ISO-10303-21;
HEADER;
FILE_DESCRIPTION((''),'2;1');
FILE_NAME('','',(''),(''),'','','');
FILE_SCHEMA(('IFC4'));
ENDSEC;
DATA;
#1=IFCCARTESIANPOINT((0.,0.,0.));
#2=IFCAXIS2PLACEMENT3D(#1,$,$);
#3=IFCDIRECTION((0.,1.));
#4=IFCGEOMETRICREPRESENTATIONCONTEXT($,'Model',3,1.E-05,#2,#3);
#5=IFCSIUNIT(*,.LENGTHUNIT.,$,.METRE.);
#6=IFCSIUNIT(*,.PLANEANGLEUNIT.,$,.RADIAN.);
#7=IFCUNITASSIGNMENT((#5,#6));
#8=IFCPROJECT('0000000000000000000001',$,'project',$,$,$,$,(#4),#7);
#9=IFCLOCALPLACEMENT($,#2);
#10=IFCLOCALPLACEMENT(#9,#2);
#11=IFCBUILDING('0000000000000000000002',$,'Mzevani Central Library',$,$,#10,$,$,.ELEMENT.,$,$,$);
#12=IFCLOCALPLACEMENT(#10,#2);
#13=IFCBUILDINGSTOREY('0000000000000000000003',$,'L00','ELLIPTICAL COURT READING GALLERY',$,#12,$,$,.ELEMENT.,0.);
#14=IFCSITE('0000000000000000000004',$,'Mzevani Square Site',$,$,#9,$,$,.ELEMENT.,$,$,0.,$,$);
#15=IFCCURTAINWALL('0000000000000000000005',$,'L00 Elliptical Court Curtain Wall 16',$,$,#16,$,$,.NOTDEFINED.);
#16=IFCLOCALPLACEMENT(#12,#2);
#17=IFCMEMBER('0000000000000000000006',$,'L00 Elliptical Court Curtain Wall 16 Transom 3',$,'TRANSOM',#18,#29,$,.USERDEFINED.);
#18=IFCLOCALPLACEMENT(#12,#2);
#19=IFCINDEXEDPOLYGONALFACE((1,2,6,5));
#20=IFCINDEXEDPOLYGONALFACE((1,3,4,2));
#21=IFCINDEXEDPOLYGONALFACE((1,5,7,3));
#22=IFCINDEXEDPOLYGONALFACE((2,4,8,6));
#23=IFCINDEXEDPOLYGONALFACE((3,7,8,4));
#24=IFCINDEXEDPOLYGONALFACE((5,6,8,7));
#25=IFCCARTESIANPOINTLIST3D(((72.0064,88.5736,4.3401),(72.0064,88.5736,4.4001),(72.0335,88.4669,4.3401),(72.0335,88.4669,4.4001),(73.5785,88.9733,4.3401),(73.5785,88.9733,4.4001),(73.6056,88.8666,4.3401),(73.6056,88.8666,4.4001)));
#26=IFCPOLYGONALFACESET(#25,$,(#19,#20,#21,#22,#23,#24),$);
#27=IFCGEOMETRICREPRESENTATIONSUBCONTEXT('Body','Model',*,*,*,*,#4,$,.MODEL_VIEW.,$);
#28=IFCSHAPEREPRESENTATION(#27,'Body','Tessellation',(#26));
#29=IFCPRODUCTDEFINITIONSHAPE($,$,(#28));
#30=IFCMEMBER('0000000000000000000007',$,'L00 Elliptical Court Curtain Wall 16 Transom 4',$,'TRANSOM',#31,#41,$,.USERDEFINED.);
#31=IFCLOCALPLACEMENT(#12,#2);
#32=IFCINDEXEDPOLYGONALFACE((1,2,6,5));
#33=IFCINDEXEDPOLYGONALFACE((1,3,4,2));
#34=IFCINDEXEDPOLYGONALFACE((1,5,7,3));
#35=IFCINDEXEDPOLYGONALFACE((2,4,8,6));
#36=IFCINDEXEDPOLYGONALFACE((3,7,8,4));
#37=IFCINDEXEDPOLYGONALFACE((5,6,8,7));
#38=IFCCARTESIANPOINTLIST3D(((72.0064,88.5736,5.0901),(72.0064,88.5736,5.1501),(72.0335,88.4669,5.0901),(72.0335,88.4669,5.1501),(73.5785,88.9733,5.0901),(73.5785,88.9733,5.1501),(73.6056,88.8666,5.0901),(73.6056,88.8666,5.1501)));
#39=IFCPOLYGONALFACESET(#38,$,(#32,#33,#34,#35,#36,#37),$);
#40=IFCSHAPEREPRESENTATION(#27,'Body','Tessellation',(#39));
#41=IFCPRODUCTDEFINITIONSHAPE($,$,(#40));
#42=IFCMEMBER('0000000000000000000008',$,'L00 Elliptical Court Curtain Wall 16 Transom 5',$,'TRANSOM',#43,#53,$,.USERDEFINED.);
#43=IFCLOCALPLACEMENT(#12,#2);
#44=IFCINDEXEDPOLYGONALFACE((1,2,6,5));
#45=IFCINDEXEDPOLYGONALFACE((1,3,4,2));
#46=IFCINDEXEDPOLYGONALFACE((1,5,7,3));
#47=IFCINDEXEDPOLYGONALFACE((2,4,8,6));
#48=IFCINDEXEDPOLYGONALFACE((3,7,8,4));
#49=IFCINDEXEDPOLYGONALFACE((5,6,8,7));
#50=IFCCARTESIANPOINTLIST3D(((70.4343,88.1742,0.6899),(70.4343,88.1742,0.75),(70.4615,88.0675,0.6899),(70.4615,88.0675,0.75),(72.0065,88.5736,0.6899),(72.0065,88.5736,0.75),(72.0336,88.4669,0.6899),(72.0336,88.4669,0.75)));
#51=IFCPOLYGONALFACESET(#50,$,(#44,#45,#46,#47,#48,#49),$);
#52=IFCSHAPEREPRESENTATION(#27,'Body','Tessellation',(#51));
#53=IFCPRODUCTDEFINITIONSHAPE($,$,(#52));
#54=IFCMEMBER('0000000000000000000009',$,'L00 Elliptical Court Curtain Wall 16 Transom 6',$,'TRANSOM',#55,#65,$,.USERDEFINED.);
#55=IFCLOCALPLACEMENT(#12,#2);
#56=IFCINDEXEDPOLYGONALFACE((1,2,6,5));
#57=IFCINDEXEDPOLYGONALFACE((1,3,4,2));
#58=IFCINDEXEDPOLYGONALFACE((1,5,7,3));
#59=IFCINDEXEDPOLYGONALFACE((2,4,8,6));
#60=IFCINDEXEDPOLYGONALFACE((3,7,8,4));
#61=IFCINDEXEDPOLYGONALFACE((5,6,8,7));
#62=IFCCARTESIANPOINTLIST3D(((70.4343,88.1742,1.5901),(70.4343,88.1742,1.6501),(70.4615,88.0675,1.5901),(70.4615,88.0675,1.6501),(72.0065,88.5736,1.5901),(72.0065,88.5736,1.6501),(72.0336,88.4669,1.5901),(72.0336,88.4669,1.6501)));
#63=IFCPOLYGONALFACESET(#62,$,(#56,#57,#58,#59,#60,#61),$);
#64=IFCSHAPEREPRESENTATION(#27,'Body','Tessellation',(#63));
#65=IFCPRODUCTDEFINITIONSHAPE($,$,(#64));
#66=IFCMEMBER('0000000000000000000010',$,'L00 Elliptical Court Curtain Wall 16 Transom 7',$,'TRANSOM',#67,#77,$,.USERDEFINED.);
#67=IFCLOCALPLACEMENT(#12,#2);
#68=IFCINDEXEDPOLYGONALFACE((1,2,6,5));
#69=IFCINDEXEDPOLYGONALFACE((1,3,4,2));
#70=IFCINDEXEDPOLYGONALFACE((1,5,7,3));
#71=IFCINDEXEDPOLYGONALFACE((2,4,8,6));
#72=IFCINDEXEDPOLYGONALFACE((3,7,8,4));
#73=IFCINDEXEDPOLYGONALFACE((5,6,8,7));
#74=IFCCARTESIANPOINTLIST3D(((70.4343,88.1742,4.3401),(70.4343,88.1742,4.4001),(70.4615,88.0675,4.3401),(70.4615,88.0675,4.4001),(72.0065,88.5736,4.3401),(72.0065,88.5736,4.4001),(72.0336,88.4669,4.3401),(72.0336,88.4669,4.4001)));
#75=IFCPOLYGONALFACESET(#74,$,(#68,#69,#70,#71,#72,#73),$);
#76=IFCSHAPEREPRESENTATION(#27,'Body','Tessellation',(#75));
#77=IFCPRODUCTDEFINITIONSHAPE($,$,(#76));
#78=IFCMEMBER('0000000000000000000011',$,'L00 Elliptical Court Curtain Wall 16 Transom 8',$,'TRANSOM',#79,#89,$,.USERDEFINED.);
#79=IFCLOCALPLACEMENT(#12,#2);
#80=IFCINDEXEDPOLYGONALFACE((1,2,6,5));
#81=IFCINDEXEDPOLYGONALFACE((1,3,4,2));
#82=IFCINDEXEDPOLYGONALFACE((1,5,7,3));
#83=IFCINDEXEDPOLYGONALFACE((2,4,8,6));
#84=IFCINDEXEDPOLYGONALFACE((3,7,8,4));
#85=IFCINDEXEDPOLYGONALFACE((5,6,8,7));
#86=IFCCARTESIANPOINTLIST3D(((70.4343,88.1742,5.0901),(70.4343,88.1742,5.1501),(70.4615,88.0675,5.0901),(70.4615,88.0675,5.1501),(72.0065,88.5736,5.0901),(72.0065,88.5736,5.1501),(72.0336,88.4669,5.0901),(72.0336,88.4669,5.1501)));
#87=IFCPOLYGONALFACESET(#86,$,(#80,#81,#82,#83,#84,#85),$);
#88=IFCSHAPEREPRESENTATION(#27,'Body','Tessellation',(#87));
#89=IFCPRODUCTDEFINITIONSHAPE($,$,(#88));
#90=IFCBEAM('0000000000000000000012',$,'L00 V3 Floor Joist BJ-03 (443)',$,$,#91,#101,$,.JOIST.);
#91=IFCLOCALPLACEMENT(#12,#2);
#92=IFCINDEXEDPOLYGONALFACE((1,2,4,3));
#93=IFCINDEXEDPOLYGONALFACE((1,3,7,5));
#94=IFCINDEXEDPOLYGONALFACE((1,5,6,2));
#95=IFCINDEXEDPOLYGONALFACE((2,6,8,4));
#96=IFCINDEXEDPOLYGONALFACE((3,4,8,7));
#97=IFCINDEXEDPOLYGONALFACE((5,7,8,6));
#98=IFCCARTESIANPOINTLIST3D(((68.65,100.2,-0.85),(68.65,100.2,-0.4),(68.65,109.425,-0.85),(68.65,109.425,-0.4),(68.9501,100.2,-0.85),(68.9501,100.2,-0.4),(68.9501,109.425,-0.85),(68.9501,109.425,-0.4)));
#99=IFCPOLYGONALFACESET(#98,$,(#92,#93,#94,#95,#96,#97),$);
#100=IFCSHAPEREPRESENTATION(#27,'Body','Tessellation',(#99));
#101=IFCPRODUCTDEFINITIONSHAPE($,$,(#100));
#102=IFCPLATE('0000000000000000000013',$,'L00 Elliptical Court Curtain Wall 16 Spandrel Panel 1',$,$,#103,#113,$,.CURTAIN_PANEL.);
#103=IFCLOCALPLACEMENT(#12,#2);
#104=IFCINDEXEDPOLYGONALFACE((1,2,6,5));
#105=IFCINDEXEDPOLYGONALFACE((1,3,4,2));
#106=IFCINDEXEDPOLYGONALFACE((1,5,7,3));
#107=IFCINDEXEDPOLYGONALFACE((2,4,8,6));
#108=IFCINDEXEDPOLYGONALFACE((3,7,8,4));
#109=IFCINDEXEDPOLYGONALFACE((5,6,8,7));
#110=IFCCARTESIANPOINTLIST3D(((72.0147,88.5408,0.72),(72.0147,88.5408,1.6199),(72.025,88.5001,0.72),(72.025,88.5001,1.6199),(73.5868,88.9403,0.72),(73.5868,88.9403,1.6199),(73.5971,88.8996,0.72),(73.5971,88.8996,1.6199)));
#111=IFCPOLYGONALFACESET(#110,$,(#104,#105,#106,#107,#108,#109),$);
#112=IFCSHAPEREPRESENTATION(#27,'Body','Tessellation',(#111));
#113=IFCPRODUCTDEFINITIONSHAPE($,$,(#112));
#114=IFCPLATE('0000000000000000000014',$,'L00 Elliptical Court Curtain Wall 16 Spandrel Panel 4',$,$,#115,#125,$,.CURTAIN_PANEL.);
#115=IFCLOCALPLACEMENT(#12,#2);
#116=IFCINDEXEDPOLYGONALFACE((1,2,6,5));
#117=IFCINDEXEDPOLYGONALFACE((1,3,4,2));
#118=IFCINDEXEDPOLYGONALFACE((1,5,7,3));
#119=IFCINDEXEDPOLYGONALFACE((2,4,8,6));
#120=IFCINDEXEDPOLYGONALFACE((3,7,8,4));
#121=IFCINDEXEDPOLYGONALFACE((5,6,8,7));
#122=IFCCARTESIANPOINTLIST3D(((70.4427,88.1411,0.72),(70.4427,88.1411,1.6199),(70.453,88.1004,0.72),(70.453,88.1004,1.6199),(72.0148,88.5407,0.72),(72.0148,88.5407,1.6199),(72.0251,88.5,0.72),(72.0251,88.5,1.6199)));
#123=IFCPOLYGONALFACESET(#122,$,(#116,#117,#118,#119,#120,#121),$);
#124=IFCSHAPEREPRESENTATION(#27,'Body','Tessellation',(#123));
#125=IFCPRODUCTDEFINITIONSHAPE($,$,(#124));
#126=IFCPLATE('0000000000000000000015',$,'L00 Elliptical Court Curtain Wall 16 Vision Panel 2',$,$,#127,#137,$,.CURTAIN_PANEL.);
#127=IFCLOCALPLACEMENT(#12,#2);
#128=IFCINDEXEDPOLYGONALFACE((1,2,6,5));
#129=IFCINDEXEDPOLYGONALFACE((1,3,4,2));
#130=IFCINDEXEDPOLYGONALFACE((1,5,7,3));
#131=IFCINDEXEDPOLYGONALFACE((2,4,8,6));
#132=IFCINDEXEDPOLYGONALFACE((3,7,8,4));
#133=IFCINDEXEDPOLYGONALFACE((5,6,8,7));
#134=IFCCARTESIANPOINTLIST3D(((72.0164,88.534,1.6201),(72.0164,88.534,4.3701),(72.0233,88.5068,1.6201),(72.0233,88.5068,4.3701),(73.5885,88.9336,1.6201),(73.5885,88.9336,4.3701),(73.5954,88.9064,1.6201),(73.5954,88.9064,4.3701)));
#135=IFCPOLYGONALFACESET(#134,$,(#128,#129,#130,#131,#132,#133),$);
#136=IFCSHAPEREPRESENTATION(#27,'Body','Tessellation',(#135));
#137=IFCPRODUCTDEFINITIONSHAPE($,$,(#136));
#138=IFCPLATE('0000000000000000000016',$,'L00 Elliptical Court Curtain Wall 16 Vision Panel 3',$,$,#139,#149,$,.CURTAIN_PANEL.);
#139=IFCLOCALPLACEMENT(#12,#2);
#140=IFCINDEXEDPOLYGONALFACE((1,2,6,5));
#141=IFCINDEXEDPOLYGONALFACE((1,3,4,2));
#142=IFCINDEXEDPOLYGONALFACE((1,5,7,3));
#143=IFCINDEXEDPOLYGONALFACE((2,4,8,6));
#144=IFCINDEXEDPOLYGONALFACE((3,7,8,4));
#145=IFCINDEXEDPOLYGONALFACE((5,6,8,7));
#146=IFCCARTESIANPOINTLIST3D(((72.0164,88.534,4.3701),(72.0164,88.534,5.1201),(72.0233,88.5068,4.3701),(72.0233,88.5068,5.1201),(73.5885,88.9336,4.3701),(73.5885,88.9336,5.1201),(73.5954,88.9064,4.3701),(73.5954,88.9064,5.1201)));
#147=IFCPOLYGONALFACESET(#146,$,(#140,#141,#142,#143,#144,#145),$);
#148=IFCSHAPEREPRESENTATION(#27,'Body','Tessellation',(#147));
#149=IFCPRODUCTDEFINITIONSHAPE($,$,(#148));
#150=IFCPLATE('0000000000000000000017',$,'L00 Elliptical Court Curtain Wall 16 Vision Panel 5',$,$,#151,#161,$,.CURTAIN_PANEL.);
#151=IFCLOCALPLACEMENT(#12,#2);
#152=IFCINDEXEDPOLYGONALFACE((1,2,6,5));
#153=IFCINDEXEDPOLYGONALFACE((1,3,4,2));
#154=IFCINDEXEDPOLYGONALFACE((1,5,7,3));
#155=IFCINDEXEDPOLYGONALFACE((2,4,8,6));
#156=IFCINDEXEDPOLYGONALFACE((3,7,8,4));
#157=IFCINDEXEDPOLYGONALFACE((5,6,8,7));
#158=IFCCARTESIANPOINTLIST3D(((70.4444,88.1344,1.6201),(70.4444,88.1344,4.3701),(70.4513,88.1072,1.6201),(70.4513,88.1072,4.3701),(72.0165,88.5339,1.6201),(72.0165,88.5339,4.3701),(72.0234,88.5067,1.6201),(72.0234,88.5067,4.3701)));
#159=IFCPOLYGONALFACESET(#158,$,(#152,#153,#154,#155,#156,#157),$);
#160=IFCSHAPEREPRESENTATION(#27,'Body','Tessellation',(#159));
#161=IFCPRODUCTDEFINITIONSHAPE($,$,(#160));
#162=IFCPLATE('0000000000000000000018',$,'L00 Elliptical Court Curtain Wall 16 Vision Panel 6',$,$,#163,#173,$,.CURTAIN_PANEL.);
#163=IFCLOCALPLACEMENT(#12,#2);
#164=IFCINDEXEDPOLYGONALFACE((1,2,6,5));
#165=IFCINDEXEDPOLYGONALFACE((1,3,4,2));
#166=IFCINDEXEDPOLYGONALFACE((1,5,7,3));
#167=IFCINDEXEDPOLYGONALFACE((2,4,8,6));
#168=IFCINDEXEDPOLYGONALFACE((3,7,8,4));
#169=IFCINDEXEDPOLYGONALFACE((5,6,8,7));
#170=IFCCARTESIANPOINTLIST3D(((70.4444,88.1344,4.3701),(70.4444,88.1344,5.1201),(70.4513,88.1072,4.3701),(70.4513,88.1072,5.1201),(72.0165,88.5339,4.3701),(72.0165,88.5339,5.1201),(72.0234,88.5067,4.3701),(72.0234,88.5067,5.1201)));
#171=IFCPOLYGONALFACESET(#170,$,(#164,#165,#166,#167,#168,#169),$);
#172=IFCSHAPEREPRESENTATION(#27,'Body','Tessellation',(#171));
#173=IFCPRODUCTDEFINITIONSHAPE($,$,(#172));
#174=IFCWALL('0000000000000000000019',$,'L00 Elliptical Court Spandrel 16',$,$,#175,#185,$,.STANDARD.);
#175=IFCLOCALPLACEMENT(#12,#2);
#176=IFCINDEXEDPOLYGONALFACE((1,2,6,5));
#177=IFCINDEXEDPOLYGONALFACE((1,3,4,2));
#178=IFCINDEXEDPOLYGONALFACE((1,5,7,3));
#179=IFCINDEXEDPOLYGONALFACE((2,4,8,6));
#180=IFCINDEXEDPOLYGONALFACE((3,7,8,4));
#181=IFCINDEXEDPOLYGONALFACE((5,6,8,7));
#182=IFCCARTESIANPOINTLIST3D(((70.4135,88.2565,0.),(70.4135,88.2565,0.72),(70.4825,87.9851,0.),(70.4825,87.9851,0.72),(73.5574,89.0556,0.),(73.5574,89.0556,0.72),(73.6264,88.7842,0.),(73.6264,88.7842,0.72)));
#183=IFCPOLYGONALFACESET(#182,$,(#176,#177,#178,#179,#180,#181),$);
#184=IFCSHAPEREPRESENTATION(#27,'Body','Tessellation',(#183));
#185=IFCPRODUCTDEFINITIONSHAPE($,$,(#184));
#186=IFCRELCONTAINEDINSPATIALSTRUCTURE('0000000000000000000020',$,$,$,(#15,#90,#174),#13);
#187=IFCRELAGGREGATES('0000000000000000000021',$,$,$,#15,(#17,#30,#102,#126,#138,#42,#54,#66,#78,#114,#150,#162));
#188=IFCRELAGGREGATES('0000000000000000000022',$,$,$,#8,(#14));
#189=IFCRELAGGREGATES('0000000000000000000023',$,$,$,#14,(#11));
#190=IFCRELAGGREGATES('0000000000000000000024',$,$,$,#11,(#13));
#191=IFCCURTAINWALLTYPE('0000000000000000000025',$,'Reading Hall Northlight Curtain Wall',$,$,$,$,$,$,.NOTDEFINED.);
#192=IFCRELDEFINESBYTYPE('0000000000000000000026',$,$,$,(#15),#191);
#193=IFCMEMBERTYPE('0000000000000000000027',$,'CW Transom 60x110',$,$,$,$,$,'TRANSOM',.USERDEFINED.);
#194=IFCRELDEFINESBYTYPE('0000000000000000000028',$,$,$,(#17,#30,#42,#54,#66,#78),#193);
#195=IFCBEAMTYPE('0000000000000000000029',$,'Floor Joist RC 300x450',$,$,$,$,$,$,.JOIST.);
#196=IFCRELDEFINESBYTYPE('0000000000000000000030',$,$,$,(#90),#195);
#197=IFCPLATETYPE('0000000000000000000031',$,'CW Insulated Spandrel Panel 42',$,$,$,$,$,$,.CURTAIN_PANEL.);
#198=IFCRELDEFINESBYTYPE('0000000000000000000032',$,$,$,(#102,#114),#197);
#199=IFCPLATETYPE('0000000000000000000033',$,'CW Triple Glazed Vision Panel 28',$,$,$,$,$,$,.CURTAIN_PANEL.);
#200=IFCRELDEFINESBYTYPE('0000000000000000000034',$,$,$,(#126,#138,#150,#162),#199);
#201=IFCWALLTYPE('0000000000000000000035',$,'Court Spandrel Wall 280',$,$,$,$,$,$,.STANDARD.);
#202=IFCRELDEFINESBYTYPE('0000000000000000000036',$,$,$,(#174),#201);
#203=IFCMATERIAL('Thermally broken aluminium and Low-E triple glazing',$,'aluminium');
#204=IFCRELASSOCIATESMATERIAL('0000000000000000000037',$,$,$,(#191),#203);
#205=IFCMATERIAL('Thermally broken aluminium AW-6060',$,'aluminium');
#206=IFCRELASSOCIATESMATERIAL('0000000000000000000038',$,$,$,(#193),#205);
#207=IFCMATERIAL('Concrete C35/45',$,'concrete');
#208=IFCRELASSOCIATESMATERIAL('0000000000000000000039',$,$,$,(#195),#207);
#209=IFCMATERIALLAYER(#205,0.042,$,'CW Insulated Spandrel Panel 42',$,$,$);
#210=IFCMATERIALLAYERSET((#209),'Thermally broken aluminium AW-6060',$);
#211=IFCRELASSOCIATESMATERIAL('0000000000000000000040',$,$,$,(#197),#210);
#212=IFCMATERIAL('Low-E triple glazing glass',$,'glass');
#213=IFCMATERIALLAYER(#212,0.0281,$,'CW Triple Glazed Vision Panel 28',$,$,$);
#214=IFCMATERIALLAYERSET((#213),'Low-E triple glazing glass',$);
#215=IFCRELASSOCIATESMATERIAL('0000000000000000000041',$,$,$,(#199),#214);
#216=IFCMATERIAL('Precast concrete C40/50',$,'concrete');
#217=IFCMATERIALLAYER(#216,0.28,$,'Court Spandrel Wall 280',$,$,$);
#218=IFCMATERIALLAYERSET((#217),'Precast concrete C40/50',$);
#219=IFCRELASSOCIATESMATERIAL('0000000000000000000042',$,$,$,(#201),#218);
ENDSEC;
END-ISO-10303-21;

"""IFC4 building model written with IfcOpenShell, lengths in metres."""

from ifc_helpers import new_model, si_unit, direction, frame, frame_2d, origin, origin_2d, place, context, subcontext, project, spatial, rectangle, extrude, material, layer, layer_set, material_profile, profile_set, type_object, element, aggregate, save


model = new_model("IFC4")

# Units and contexts
model_context = context("Model", 3, precision=1e-05, world=origin(), true_north=direction((0.0, 1.0)))
body_context = subcontext(model_context, "Body", "Model", "MODEL_VIEW")
ifc_project = project(units=[si_unit("LENGTHUNIT", "METRE"), si_unit("PLANEANGLEUNIT", "RADIAN")], contexts=[model_context])

# Site, building, storey
site_placement = place(None, origin())
site = spatial("IfcSite", under=ifc_project, at=site_placement, Name="Mzevani Square Site", CompositionType="ELEMENT", RefElevation=0.0)
building_placement = place(site_placement, origin())
building = spatial("IfcBuilding", under=site, at=building_placement, Name="Mzevani Central Library", CompositionType="ELEMENT")
storey_placement = place(building_placement, origin())
storey = spatial("IfcBuildingStorey", under=building, at=storey_placement, Name="L00", Description="ELLIPTICAL COURT READING GALLERY", CompositionType="ELEMENT", Elevation=0.0)

# Shared definitions
ifc_material_1 = material(Name="Concrete C35/45", Category="concrete")

# Curtain wall, members
ifc_material_2 = material(Name="Thermally broken aluminium and Low-E triple glazing", Category="aluminium")
curtain_wall_type = type_object("IfcCurtainWallType", Name="Reading Hall Northlight Curtain Wall", PredefinedType="NOTDEFINED", material=ifc_material_2)
curtain_wall_placement = place(storey_placement, origin())
curtain_wall = element("IfcCurtainWall", 1, at=curtain_wall_placement, inside=storey, type_object=curtain_wall_type, Name="L00 Elliptical Court Curtain Wall 16", PredefinedType="NOTDEFINED")
ifc_material_3 = material(Name="Thermally broken aluminium AW-6060", Category="aluminium")
ifc_material_profile_1 = material_profile(ifc_material_3, rectangle(XDim=0.1101, YDim=0.0601, at=origin_2d()), Name="ALU T60x110")
ifc_profile_set_1 = profile_set([ifc_material_profile_1], Name="Thermally broken aluminium AW-6060")
member_type_1 = type_object("IfcMemberType", Name="CW Transom 60x110", ElementType="TRANSOM", PredefinedType="USERDEFINED", material=ifc_profile_set_1)
member_1_placement = place(storey_placement, frame((73.592, 88.9199, 4.3701), z_axis=(-0.96917, -0.246394, 0.0), x_axis=(0.246394, -0.96917, 0.0)))
member_1 = element("IfcMember", 2, at=member_1_placement, type_object=member_type_1, Name="L00 Elliptical Court Curtain Wall 16 Transom 3", ObjectType="TRANSOM", PredefinedType="USERDEFINED", context=body_context, shape_type="SweptSolid", body=[
    extrude(rectangle(XDim=0.1101, YDim=0.0601, at=origin_2d()), origin(), (0.0, 0.0, 1.0), 1.6221),
])
member_2_placement = place(storey_placement, frame((73.592, 88.9199, 5.1201), z_axis=(-0.96917, -0.246394, 0.0), x_axis=(0.246394, -0.96917, 0.0)))
member_2 = element("IfcMember", 3, at=member_2_placement, type_object=member_type_1, Name="L00 Elliptical Court Curtain Wall 16 Transom 4", ObjectType="TRANSOM", PredefinedType="USERDEFINED", context=body_context, shape_type="SweptSolid", body=[
    extrude(rectangle(XDim=0.1101, YDim=0.0601, at=origin_2d()), origin(), (0.0, 0.0, 1.0), 1.6221),
])
member_3_placement = place(storey_placement, frame((72.02, 88.5203, 0.72), z_axis=(-0.969206, -0.246253, 0.0), x_axis=(0.246253, -0.969206, 0.0)))
member_3 = element("IfcMember", 4, at=member_3_placement, type_object=member_type_1, Name="L00 Elliptical Court Curtain Wall 16 Transom 5", ObjectType="TRANSOM", PredefinedType="USERDEFINED", context=body_context, shape_type="SweptSolid", body=[
    extrude(rectangle(XDim=0.1101, YDim=0.0601, at=origin_2d()), origin(), (0.0, 0.0, 1.0), 1.6221),
])
member_4_placement = place(storey_placement, frame((72.02, 88.5203, 1.6201), z_axis=(-0.969206, -0.246253, 0.0), x_axis=(0.246253, -0.969206, 0.0)))
member_4 = element("IfcMember", 5, at=member_4_placement, type_object=member_type_1, Name="L00 Elliptical Court Curtain Wall 16 Transom 6", ObjectType="TRANSOM", PredefinedType="USERDEFINED", context=body_context, shape_type="SweptSolid", body=[
    extrude(rectangle(XDim=0.1101, YDim=0.0601, at=origin_2d()), origin(), (0.0, 0.0, 1.0), 1.6221),
])
member_5_placement = place(storey_placement, frame((72.02, 88.5203, 4.3701), z_axis=(-0.969206, -0.246253, 0.0), x_axis=(0.246253, -0.969206, 0.0)))
member_5 = element("IfcMember", 6, at=member_5_placement, type_object=member_type_1, Name="L00 Elliptical Court Curtain Wall 16 Transom 7", ObjectType="TRANSOM", PredefinedType="USERDEFINED", context=body_context, shape_type="SweptSolid", body=[
    extrude(rectangle(XDim=0.1101, YDim=0.0601, at=origin_2d()), origin(), (0.0, 0.0, 1.0), 1.6221),
])
member_6_placement = place(storey_placement, frame((72.02, 88.5203, 5.1201), z_axis=(-0.969206, -0.246253, 0.0), x_axis=(0.246253, -0.969206, 0.0)))
member_6 = element("IfcMember", 7, at=member_6_placement, type_object=member_type_1, Name="L00 Elliptical Court Curtain Wall 16 Transom 8", ObjectType="TRANSOM", PredefinedType="USERDEFINED", context=body_context, shape_type="SweptSolid", body=[
    extrude(rectangle(XDim=0.1101, YDim=0.0601, at=origin_2d()), origin(), (0.0, 0.0, 1.0), 1.6221),
])

# Beam
ifc_material_profile_2 = material_profile(ifc_material_1, rectangle(XDim=0.3, YDim=0.45, at=origin_2d()), Name="RC J300x450")
ifc_profile_set_2 = profile_set([ifc_material_profile_2], Name="Concrete C35/45")
beam_type_1 = type_object("IfcBeamType", Name="Floor Joist RC 300x450", PredefinedType="JOIST", material=ifc_profile_set_2)
beam_1_placement = place(storey_placement, frame((68.8, 100.2, -0.625), z_axis=(0.0, 1.0, 0.0), x_axis=(-1.0, 0.0, 0.0)))
element("IfcBeam", 8, at=beam_1_placement, inside=storey, type_object=beam_type_1, Name="L00 V3 Floor Joist BJ-03 (443)", PredefinedType="JOIST", context=body_context, shape_type="SweptSolid", body=[
    extrude(rectangle(XDim=0.3, YDim=0.45, at=origin_2d()), origin(), (0.0, 0.0, 1.0), 9.2251),
])

# Plates
ifc_layer_1 = layer(ifc_material_3, 0.042, Name="CW Insulated Spandrel Panel 42")
ifc_layer_set_1 = layer_set([ifc_layer_1], Name="Thermally broken aluminium AW-6060")
plate_type_1 = type_object("IfcPlateType", Name="CW Insulated Spandrel Panel 42", PredefinedType="CURTAIN_PANEL", material=ifc_layer_set_1)
plate_1_placement = place(storey_placement, frame((72.8059, 88.7202, 0.72), z_axis=(0.0, 0.0, 1.0), x_axis=(-0.969187, -0.246328, 0.0)))
plate_1 = element("IfcPlate", 9, at=plate_1_placement, type_object=plate_type_1, Name="L00 Elliptical Court Curtain Wall 16 Spandrel Panel 1", PredefinedType="CURTAIN_PANEL", context=body_context, shape_type="SweptSolid", body=[
    extrude(rectangle(XDim=1.6221, YDim=0.042, at=origin_2d()), origin(), (0.0, 0.0, 1.0), 0.8999),
])
plate_2_placement = place(storey_placement, frame((71.2339, 88.3206, 0.72), z_axis=(0.0, 0.0, 1.0), x_axis=(-0.969187, -0.246328, 0.0)))
plate_2 = element("IfcPlate", 10, at=plate_2_placement, type_object=plate_type_1, Name="L00 Elliptical Court Curtain Wall 16 Spandrel Panel 4", PredefinedType="CURTAIN_PANEL", context=body_context, shape_type="SweptSolid", body=[
    extrude(rectangle(XDim=1.6221, YDim=0.042, at=origin_2d()), origin(), (0.0, 0.0, 1.0), 0.8999),
])
ifc_material_4 = material(Name="Low-E triple glazing glass", Category="glass")
ifc_layer_2 = layer(ifc_material_4, 0.0281, Name="CW Triple Glazed Vision Panel 28")
ifc_layer_set_2 = layer_set([ifc_layer_2], Name="Low-E triple glazing glass")
plate_type_2 = type_object("IfcPlateType", Name="CW Triple Glazed Vision Panel 28", PredefinedType="CURTAIN_PANEL", material=ifc_layer_set_2)
plate_3_placement = place(storey_placement, frame((72.8059, 88.7202, 1.6201), z_axis=(0.0, 0.0, 1.0), x_axis=(-0.969187, -0.246328, 0.0)))
plate_3 = element("IfcPlate", 11, at=plate_3_placement, type_object=plate_type_2, Name="L00 Elliptical Court Curtain Wall 16 Vision Panel 2", PredefinedType="CURTAIN_PANEL", context=body_context, shape_type="SweptSolid", body=[
    extrude(rectangle(XDim=1.6221, YDim=0.0281, at=origin_2d()), origin(), (0.0, 0.0, 1.0), 2.75),
])
plate_4_placement = place(storey_placement, frame((72.8059, 88.7202, 4.3701), z_axis=(0.0, 0.0, 1.0), x_axis=(-0.969187, -0.246328, 0.0)))
plate_4 = element("IfcPlate", 12, at=plate_4_placement, type_object=plate_type_2, Name="L00 Elliptical Court Curtain Wall 16 Vision Panel 3", PredefinedType="CURTAIN_PANEL", context=body_context, shape_type="SweptSolid", body=[
    extrude(rectangle(XDim=1.6221, YDim=0.0281, at=origin_2d()), origin(), (0.0, 0.0, 1.0), 0.75),
])
plate_5_placement = place(storey_placement, frame((71.2339, 88.3206, 1.6201), z_axis=(0.0, 0.0, 1.0), x_axis=(-0.969187, -0.246328, 0.0)))
plate_5 = element("IfcPlate", 13, at=plate_5_placement, type_object=plate_type_2, Name="L00 Elliptical Court Curtain Wall 16 Vision Panel 5", PredefinedType="CURTAIN_PANEL", context=body_context, shape_type="SweptSolid", body=[
    extrude(rectangle(XDim=1.6221, YDim=0.0281, at=origin_2d()), origin(), (0.0, 0.0, 1.0), 2.75),
])
plate_6_placement = place(storey_placement, frame((71.2339, 88.3206, 4.3701), z_axis=(0.0, 0.0, 1.0), x_axis=(-0.969187, -0.246328, 0.0)))
plate_6 = element("IfcPlate", 14, at=plate_6_placement, type_object=plate_type_2, Name="L00 Elliptical Court Curtain Wall 16 Vision Panel 6", PredefinedType="CURTAIN_PANEL", context=body_context, shape_type="SweptSolid", body=[
    extrude(rectangle(XDim=1.6221, YDim=0.0281, at=origin_2d()), origin(), (0.0, 0.0, 1.0), 0.75),
])
aggregate(curtain_wall, [member_1, member_2, plate_1, plate_3, plate_4, member_3, member_4, member_5, member_6, plate_2, plate_5, plate_6])

# Wall
ifc_material_5 = material(Name="Precast concrete C40/50", Category="concrete")
ifc_layer_3 = layer(ifc_material_5, 0.28, Name="Court Spandrel Wall 280")
ifc_layer_set_3 = layer_set([ifc_layer_3], Name="Precast concrete C40/50")
wall_type_1 = type_object("IfcWallType", Name="Court Spandrel Wall 280", PredefinedType="STANDARD", material=ifc_layer_set_3)
wall_1_placement = place(storey_placement, frame((73.592, 88.9199, 0.0), z_axis=(0.0, 0.0, 1.0), x_axis=(-0.969188, -0.246323, 0.0)))
element("IfcWall", 15, at=wall_1_placement, inside=storey, type_object=wall_type_1, Name="L00 Elliptical Court Spandrel 16", PredefinedType="STANDARD", context=body_context, shape_type="SweptSolid", body=[
    extrude(rectangle(XDim=3.2439, YDim=0.28, at=frame_2d((1.6221, 0.0))), origin(), (0.0, 0.0, 1.0), 0.72),
])

save(model, "model.ifc")
